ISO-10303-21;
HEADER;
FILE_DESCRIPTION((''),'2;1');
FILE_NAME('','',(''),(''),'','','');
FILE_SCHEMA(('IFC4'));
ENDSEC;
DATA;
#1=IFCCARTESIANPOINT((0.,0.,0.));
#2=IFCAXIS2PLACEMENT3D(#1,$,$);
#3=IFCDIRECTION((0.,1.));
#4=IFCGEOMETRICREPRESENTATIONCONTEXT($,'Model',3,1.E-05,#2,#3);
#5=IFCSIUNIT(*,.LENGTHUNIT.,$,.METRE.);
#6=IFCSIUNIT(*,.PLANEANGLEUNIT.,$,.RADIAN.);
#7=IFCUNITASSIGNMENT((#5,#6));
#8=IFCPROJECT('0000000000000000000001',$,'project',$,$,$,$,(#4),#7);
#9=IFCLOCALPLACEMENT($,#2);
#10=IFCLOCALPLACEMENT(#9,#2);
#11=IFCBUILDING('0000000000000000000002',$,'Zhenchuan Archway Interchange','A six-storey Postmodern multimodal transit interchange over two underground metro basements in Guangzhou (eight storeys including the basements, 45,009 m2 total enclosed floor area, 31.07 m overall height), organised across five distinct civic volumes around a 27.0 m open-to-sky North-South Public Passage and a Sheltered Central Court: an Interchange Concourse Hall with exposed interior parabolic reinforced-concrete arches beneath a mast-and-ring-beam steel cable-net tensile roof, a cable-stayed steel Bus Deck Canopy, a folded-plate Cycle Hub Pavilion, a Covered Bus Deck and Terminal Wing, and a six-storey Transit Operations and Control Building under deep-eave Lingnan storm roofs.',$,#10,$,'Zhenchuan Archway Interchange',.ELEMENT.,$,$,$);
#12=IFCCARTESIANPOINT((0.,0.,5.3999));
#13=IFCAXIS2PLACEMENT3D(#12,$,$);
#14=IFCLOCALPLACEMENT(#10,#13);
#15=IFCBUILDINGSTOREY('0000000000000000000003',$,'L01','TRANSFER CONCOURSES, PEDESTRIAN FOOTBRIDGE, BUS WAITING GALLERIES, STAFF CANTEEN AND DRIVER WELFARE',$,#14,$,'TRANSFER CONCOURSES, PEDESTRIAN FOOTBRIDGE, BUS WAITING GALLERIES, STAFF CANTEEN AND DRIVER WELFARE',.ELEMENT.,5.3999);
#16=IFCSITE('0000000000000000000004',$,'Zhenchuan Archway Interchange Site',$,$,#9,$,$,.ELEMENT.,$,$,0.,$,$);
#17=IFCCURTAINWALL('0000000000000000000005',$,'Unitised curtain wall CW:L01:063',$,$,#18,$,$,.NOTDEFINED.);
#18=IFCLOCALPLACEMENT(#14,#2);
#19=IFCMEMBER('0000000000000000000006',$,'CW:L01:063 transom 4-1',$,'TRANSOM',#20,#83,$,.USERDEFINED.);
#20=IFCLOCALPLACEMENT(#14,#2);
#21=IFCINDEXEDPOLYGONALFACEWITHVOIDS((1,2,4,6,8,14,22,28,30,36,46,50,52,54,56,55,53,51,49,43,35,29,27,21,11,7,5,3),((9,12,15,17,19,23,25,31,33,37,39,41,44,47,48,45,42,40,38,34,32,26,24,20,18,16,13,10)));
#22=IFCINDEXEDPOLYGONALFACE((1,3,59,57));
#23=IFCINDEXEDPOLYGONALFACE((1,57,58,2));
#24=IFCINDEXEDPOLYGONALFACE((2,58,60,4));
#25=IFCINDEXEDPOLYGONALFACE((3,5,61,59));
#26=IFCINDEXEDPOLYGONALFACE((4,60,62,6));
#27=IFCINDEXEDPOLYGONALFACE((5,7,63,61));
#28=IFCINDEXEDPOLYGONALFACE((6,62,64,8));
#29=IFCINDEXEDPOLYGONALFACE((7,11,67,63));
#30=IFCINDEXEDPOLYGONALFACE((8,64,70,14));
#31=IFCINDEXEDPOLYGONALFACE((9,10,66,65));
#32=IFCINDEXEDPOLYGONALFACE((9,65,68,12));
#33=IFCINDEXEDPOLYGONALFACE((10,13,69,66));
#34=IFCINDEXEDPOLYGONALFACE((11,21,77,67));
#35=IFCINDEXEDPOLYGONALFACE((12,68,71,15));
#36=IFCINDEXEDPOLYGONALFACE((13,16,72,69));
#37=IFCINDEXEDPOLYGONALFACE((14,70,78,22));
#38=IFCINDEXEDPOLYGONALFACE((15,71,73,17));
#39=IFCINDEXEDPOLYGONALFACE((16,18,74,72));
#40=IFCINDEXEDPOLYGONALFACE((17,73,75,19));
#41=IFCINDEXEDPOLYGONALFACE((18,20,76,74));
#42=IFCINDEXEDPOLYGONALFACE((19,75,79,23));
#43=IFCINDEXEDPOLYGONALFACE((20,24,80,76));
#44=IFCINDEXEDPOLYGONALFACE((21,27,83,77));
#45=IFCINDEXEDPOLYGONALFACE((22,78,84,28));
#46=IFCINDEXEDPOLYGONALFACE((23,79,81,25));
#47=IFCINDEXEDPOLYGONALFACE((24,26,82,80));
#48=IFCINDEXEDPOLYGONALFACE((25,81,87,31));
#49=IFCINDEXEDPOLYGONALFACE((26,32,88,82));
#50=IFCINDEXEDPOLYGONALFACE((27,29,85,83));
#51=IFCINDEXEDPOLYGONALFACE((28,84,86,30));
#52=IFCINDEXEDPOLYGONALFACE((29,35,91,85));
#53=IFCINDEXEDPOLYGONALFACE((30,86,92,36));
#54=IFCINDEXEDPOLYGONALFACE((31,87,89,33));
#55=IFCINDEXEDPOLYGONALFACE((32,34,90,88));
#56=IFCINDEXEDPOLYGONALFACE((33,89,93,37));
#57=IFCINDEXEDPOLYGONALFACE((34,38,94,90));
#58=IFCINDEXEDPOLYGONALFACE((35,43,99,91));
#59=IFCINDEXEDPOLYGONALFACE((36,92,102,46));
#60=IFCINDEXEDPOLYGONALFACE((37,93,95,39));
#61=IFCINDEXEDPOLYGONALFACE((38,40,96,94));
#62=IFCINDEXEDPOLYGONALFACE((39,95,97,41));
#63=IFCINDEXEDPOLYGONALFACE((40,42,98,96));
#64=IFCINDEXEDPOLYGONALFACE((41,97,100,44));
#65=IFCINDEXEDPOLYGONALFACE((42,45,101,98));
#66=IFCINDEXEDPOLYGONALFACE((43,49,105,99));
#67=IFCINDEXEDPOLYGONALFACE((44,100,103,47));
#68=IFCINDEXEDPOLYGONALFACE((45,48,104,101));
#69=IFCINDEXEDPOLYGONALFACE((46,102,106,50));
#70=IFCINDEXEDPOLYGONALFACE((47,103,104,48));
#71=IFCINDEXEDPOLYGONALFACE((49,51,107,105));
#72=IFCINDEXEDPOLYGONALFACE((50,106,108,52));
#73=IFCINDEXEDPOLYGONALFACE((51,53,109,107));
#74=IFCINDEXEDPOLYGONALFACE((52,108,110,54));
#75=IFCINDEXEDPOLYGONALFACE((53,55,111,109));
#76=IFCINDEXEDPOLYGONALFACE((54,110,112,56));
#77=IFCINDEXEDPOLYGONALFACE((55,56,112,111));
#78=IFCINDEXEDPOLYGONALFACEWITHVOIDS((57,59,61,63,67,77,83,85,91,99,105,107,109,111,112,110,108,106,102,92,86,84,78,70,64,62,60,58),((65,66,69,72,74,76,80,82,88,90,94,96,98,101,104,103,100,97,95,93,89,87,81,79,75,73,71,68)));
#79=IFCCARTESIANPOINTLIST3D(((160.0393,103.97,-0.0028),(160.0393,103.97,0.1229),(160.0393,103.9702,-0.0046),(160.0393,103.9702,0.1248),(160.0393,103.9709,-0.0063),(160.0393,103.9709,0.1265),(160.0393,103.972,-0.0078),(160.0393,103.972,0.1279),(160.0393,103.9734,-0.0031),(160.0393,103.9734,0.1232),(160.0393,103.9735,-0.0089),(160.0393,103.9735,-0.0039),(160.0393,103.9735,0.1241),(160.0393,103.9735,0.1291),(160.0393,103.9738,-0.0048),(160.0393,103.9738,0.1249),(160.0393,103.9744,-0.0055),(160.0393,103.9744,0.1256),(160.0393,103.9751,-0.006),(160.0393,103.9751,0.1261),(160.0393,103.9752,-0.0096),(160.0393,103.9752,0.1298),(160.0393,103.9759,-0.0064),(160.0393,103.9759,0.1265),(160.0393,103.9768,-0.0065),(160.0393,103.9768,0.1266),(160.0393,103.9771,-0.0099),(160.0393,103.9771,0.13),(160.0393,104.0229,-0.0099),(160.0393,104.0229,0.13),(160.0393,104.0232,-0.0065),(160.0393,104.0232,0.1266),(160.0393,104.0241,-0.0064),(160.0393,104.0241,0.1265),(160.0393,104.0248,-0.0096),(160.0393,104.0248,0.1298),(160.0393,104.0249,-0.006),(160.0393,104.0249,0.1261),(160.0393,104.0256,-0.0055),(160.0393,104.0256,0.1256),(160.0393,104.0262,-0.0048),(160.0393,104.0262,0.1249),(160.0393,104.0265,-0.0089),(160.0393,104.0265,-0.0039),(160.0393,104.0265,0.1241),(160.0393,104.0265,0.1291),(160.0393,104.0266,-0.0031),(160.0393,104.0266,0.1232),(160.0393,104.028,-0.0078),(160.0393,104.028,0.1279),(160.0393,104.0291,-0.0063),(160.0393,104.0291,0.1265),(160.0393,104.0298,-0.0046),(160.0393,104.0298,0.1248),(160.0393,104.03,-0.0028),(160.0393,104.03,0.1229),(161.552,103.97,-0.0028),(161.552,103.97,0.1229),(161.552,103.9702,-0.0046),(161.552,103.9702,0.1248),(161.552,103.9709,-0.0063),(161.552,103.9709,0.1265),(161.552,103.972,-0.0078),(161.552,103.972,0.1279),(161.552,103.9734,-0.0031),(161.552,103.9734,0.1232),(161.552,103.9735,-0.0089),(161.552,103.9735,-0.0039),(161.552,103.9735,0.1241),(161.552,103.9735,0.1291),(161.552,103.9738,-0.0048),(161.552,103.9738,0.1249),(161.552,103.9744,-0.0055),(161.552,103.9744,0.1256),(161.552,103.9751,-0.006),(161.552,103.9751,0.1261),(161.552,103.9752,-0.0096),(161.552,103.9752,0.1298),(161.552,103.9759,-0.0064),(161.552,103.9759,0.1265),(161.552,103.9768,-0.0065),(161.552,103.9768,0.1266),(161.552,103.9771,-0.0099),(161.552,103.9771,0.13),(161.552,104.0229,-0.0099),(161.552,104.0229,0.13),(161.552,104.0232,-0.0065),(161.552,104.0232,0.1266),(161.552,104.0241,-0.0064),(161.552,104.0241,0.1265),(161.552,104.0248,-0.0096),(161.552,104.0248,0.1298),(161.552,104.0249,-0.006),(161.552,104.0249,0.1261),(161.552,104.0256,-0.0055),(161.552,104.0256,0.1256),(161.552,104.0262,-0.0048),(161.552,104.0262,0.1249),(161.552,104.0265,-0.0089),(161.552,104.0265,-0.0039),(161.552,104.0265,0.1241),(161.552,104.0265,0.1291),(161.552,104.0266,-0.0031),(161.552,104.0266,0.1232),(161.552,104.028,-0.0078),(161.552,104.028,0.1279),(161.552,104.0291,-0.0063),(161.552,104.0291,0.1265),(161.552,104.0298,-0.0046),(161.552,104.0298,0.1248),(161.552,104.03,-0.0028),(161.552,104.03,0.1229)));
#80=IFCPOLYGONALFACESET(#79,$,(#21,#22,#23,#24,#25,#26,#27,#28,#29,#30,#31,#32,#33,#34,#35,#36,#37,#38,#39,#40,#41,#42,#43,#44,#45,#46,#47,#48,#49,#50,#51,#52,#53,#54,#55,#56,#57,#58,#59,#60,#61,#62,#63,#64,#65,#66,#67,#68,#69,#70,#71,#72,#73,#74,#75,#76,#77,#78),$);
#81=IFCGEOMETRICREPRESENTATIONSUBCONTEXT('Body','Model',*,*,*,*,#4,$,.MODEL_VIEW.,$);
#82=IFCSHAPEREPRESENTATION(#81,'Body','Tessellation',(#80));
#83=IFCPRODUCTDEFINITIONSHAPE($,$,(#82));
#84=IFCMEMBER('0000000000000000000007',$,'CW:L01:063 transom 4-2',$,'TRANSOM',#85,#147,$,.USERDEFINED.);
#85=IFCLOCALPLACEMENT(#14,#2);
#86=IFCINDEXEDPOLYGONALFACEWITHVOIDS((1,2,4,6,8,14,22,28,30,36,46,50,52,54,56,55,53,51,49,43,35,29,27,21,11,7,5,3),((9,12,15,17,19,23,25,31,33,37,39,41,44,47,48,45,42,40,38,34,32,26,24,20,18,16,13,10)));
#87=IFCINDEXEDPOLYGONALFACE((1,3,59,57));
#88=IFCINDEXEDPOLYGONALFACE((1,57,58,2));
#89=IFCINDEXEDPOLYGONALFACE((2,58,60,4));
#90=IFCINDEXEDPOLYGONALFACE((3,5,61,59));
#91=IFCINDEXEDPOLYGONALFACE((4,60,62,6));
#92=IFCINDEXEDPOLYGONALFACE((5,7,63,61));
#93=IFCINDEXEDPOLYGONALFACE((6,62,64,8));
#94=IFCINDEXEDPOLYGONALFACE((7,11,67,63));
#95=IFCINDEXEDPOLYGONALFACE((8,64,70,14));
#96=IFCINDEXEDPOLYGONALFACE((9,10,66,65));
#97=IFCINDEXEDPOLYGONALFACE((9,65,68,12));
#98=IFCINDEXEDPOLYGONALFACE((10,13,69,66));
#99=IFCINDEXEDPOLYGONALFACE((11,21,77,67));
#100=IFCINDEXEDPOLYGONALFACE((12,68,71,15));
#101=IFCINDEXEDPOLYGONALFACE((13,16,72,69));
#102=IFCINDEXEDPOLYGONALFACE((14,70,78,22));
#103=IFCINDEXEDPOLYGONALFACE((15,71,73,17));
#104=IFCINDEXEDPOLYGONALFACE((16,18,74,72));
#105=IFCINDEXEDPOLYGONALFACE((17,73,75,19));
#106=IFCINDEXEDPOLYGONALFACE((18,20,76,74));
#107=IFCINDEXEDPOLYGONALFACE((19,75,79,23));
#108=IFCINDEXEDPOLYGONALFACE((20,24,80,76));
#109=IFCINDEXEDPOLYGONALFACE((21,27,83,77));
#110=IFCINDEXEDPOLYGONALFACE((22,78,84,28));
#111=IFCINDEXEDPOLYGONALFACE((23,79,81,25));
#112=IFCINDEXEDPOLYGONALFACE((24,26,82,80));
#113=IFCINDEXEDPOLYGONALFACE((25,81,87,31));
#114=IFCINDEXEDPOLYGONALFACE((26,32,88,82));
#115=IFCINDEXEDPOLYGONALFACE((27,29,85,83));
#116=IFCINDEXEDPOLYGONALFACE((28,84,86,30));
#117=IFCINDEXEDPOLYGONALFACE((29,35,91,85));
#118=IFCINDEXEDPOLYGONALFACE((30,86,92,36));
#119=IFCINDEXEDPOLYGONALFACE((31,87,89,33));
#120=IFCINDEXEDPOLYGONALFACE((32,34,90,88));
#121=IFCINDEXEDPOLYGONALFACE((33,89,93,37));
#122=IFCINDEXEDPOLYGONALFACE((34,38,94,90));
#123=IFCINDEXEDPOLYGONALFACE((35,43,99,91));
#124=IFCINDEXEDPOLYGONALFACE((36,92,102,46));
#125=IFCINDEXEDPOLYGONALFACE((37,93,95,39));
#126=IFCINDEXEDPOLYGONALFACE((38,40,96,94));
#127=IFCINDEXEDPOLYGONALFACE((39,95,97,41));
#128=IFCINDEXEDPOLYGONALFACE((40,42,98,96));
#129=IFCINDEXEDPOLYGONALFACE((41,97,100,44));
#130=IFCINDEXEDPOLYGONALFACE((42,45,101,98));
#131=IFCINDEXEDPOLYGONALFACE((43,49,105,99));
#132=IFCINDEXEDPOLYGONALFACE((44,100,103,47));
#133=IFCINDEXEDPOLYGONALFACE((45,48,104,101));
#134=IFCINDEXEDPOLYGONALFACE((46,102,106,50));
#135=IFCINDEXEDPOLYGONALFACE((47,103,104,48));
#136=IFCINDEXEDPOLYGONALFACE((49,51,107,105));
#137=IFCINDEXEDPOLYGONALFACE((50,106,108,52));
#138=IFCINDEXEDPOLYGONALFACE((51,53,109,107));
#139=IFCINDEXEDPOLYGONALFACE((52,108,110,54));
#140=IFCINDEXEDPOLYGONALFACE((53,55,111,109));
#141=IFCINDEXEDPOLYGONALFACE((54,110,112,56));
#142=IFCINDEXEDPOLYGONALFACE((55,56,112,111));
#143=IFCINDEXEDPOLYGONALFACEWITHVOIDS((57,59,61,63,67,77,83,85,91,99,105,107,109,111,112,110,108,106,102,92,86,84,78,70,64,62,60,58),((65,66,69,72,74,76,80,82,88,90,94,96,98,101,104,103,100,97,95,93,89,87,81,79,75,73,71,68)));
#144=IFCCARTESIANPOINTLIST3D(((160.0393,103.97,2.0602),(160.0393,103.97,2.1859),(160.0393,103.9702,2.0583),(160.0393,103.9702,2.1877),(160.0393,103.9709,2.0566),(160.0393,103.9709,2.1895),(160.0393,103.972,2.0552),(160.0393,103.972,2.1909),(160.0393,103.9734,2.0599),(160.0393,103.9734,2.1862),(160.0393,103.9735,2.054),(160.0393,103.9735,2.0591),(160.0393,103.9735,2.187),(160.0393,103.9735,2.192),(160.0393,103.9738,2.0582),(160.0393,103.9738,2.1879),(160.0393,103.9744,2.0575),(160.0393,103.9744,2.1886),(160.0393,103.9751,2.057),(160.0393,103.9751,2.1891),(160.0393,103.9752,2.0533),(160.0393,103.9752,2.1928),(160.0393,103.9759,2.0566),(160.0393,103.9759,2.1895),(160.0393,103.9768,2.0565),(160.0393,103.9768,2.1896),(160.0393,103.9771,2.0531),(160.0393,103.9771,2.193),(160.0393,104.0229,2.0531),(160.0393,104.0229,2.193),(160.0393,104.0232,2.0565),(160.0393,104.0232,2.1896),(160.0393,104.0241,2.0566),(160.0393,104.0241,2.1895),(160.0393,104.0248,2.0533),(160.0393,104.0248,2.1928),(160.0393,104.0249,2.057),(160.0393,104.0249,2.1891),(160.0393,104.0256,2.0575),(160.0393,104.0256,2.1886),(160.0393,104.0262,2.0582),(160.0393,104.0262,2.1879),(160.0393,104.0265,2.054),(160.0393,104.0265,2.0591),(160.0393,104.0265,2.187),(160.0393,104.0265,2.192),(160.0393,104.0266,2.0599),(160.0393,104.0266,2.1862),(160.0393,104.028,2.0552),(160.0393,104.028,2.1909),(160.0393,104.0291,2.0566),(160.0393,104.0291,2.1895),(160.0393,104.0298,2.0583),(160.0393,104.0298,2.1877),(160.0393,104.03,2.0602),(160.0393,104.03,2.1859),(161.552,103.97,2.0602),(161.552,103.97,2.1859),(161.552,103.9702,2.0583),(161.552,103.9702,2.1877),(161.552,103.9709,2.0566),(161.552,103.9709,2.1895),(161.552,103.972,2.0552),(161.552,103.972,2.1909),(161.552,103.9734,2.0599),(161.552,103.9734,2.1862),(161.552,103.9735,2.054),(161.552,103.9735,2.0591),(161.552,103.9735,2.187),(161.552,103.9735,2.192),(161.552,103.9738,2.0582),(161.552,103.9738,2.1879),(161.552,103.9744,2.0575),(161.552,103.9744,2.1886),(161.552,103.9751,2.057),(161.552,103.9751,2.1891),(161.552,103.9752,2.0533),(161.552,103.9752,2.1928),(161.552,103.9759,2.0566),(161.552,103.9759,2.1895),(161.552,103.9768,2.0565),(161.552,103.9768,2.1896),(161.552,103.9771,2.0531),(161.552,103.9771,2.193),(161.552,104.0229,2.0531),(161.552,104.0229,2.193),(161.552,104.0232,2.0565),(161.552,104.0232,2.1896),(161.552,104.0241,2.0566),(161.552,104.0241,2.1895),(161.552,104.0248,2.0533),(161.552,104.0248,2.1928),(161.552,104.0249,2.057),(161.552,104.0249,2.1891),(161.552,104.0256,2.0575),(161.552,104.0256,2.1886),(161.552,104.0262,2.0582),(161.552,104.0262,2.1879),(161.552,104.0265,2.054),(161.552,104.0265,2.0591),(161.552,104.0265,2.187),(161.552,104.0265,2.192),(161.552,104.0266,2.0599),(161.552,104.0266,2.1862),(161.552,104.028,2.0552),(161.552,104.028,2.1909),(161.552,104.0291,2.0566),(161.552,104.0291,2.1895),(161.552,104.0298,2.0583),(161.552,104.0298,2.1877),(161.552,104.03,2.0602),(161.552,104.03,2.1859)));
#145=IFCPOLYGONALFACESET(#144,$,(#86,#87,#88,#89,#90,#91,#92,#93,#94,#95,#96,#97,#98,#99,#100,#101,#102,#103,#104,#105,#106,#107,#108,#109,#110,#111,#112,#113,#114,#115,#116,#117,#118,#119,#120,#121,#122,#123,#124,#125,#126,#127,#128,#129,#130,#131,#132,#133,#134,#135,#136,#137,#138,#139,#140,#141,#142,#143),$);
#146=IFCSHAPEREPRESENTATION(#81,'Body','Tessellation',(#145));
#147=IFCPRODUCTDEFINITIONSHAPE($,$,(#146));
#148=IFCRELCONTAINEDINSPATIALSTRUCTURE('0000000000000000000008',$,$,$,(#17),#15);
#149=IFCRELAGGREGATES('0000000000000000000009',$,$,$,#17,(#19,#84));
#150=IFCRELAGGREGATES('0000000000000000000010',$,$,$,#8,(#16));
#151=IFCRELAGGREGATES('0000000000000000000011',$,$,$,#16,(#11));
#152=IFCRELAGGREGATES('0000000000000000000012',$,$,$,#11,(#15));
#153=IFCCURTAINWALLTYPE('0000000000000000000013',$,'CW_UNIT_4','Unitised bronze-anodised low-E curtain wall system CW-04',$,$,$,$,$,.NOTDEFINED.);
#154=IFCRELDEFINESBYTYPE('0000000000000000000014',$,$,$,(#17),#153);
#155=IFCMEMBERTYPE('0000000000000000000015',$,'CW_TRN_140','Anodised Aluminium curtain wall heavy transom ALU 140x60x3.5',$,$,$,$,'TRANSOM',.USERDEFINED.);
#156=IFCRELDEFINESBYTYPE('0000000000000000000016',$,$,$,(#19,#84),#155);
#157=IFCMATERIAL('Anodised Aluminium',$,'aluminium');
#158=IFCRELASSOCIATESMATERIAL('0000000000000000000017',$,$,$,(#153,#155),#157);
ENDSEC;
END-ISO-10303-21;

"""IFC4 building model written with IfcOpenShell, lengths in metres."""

from ifc_helpers import new_model, si_unit, direction, frame, origin, origin_2d, place, context, subcontext, project, spatial, hollow_rectangle, extrude, material, material_profile, profile_set, type_object, element, aggregate, save


model = new_model("IFC4")

# Units and contexts
model_context = context("Model", 3, precision=1e-05, world=origin(), true_north=direction((0.0, 1.0)))
body_context = subcontext(model_context, "Body", "Model", "MODEL_VIEW")
ifc_project = project(units=[si_unit("LENGTHUNIT", "METRE"), si_unit("PLANEANGLEUNIT", "RADIAN")], contexts=[model_context])

# Site, building, storey
site_placement = place(None, origin())
site = spatial("IfcSite", under=ifc_project, at=site_placement, Name="Zhenchuan Archway Interchange Site", CompositionType="ELEMENT", RefElevation=0.0)
building_placement = place(site_placement, origin())
building = spatial("IfcBuilding", under=site, at=building_placement, Name="Zhenchuan Archway Interchange", Description="A six-storey Postmodern multimodal transit interchange over two underground metro basements in Guangzhou (eight storeys including the basements, 45,009 m2 total enclosed floor area, 31.07 m overall height), organised across five distinct civic volumes around a 27.0 m open-to-sky North-South Public Passage and a Sheltered Central Court: an Interchange Concourse Hall with exposed interior parabolic reinforced-concrete arches beneath a mast-and-ring-beam steel cable-net tensile roof, a cable-stayed steel Bus Deck Canopy, a folded-plate Cycle Hub Pavilion, a Covered Bus Deck and Terminal Wing, and a six-storey Transit Operations and Control Building under deep-eave Lingnan storm roofs.", LongName="Zhenchuan Archway Interchange", CompositionType="ELEMENT")
storey_placement = place(building_placement, frame((0.0, 0.0, 5.3999)))
storey = spatial("IfcBuildingStorey", under=building, at=storey_placement, Name="L01", Description="TRANSFER CONCOURSES, PEDESTRIAN FOOTBRIDGE, BUS WAITING GALLERIES, STAFF CANTEEN AND DRIVER WELFARE", LongName="TRANSFER CONCOURSES, PEDESTRIAN FOOTBRIDGE, BUS WAITING GALLERIES, STAFF CANTEEN AND DRIVER WELFARE", CompositionType="ELEMENT", Elevation=5.3999)

# Curtain wall, members
ifc_material_1 = material(Name="Anodised Aluminium", Category="aluminium")
curtain_wall_type = type_object("IfcCurtainWallType", Name="CW_UNIT_4", Description="Unitised bronze-anodised low-E curtain wall system CW-04", PredefinedType="NOTDEFINED", material=ifc_material_1)
curtain_wall_placement = place(storey_placement, origin())
curtain_wall = element("IfcCurtainWall", 1, at=curtain_wall_placement, inside=storey, type_object=curtain_wall_type, Name="Unitised curtain wall CW:L01:063", PredefinedType="NOTDEFINED")
ifc_material_profile_1 = material_profile(ifc_material_1, hollow_rectangle(XDim=0.0601, YDim=0.1399, WallThickness=0.0034, InnerFilletRadius=0.0034, OuterFilletRadius=0.0071, at=origin_2d()), Name="ALU 140x60x3.5")
ifc_profile_set_1 = profile_set([ifc_material_profile_1], Name="Anodised Aluminium")
member_type_1 = type_object("IfcMemberType", Name="CW_TRN_140", Description="Anodised Aluminium curtain wall heavy transom ALU 140x60x3.5", ElementType="TRANSOM", PredefinedType="USERDEFINED", material=ifc_profile_set_1)
member_1_placement = place(storey_placement, frame((160.0393, 104.0, 0.0601), z_axis=(1.0, 0.0, 0.0), x_axis=(0.0, 1.0, 0.0)))
member_1 = element("IfcMember", 2, at=member_1_placement, type_object=member_type_1, Name="CW:L01:063 transom 4-1", ObjectType="TRANSOM", PredefinedType="USERDEFINED", context=body_context, shape_type="SweptSolid", body=[
    extrude(hollow_rectangle(XDim=0.0601, YDim=0.1399, WallThickness=0.0034, InnerFilletRadius=0.0034, OuterFilletRadius=0.0071, at=origin_2d()), origin(), (0.0, 0.0, 1.0), 1.5127),
])
member_2_placement = place(storey_placement, frame((160.0393, 104.0, 2.123), z_axis=(1.0, 0.0, 0.0), x_axis=(0.0, 1.0, 0.0)))
member_2 = element("IfcMember", 3, at=member_2_placement, type_object=member_type_1, Name="CW:L01:063 transom 4-2", ObjectType="TRANSOM", PredefinedType="USERDEFINED", context=body_context, shape_type="SweptSolid", body=[
    extrude(hollow_rectangle(XDim=0.0601, YDim=0.1399, WallThickness=0.0034, InnerFilletRadius=0.0034, OuterFilletRadius=0.0071, at=origin_2d()), origin(), (0.0, 0.0, 1.0), 1.5127),
])
aggregate(curtain_wall, [member_1, member_2])

save(model, "model.ifc")
